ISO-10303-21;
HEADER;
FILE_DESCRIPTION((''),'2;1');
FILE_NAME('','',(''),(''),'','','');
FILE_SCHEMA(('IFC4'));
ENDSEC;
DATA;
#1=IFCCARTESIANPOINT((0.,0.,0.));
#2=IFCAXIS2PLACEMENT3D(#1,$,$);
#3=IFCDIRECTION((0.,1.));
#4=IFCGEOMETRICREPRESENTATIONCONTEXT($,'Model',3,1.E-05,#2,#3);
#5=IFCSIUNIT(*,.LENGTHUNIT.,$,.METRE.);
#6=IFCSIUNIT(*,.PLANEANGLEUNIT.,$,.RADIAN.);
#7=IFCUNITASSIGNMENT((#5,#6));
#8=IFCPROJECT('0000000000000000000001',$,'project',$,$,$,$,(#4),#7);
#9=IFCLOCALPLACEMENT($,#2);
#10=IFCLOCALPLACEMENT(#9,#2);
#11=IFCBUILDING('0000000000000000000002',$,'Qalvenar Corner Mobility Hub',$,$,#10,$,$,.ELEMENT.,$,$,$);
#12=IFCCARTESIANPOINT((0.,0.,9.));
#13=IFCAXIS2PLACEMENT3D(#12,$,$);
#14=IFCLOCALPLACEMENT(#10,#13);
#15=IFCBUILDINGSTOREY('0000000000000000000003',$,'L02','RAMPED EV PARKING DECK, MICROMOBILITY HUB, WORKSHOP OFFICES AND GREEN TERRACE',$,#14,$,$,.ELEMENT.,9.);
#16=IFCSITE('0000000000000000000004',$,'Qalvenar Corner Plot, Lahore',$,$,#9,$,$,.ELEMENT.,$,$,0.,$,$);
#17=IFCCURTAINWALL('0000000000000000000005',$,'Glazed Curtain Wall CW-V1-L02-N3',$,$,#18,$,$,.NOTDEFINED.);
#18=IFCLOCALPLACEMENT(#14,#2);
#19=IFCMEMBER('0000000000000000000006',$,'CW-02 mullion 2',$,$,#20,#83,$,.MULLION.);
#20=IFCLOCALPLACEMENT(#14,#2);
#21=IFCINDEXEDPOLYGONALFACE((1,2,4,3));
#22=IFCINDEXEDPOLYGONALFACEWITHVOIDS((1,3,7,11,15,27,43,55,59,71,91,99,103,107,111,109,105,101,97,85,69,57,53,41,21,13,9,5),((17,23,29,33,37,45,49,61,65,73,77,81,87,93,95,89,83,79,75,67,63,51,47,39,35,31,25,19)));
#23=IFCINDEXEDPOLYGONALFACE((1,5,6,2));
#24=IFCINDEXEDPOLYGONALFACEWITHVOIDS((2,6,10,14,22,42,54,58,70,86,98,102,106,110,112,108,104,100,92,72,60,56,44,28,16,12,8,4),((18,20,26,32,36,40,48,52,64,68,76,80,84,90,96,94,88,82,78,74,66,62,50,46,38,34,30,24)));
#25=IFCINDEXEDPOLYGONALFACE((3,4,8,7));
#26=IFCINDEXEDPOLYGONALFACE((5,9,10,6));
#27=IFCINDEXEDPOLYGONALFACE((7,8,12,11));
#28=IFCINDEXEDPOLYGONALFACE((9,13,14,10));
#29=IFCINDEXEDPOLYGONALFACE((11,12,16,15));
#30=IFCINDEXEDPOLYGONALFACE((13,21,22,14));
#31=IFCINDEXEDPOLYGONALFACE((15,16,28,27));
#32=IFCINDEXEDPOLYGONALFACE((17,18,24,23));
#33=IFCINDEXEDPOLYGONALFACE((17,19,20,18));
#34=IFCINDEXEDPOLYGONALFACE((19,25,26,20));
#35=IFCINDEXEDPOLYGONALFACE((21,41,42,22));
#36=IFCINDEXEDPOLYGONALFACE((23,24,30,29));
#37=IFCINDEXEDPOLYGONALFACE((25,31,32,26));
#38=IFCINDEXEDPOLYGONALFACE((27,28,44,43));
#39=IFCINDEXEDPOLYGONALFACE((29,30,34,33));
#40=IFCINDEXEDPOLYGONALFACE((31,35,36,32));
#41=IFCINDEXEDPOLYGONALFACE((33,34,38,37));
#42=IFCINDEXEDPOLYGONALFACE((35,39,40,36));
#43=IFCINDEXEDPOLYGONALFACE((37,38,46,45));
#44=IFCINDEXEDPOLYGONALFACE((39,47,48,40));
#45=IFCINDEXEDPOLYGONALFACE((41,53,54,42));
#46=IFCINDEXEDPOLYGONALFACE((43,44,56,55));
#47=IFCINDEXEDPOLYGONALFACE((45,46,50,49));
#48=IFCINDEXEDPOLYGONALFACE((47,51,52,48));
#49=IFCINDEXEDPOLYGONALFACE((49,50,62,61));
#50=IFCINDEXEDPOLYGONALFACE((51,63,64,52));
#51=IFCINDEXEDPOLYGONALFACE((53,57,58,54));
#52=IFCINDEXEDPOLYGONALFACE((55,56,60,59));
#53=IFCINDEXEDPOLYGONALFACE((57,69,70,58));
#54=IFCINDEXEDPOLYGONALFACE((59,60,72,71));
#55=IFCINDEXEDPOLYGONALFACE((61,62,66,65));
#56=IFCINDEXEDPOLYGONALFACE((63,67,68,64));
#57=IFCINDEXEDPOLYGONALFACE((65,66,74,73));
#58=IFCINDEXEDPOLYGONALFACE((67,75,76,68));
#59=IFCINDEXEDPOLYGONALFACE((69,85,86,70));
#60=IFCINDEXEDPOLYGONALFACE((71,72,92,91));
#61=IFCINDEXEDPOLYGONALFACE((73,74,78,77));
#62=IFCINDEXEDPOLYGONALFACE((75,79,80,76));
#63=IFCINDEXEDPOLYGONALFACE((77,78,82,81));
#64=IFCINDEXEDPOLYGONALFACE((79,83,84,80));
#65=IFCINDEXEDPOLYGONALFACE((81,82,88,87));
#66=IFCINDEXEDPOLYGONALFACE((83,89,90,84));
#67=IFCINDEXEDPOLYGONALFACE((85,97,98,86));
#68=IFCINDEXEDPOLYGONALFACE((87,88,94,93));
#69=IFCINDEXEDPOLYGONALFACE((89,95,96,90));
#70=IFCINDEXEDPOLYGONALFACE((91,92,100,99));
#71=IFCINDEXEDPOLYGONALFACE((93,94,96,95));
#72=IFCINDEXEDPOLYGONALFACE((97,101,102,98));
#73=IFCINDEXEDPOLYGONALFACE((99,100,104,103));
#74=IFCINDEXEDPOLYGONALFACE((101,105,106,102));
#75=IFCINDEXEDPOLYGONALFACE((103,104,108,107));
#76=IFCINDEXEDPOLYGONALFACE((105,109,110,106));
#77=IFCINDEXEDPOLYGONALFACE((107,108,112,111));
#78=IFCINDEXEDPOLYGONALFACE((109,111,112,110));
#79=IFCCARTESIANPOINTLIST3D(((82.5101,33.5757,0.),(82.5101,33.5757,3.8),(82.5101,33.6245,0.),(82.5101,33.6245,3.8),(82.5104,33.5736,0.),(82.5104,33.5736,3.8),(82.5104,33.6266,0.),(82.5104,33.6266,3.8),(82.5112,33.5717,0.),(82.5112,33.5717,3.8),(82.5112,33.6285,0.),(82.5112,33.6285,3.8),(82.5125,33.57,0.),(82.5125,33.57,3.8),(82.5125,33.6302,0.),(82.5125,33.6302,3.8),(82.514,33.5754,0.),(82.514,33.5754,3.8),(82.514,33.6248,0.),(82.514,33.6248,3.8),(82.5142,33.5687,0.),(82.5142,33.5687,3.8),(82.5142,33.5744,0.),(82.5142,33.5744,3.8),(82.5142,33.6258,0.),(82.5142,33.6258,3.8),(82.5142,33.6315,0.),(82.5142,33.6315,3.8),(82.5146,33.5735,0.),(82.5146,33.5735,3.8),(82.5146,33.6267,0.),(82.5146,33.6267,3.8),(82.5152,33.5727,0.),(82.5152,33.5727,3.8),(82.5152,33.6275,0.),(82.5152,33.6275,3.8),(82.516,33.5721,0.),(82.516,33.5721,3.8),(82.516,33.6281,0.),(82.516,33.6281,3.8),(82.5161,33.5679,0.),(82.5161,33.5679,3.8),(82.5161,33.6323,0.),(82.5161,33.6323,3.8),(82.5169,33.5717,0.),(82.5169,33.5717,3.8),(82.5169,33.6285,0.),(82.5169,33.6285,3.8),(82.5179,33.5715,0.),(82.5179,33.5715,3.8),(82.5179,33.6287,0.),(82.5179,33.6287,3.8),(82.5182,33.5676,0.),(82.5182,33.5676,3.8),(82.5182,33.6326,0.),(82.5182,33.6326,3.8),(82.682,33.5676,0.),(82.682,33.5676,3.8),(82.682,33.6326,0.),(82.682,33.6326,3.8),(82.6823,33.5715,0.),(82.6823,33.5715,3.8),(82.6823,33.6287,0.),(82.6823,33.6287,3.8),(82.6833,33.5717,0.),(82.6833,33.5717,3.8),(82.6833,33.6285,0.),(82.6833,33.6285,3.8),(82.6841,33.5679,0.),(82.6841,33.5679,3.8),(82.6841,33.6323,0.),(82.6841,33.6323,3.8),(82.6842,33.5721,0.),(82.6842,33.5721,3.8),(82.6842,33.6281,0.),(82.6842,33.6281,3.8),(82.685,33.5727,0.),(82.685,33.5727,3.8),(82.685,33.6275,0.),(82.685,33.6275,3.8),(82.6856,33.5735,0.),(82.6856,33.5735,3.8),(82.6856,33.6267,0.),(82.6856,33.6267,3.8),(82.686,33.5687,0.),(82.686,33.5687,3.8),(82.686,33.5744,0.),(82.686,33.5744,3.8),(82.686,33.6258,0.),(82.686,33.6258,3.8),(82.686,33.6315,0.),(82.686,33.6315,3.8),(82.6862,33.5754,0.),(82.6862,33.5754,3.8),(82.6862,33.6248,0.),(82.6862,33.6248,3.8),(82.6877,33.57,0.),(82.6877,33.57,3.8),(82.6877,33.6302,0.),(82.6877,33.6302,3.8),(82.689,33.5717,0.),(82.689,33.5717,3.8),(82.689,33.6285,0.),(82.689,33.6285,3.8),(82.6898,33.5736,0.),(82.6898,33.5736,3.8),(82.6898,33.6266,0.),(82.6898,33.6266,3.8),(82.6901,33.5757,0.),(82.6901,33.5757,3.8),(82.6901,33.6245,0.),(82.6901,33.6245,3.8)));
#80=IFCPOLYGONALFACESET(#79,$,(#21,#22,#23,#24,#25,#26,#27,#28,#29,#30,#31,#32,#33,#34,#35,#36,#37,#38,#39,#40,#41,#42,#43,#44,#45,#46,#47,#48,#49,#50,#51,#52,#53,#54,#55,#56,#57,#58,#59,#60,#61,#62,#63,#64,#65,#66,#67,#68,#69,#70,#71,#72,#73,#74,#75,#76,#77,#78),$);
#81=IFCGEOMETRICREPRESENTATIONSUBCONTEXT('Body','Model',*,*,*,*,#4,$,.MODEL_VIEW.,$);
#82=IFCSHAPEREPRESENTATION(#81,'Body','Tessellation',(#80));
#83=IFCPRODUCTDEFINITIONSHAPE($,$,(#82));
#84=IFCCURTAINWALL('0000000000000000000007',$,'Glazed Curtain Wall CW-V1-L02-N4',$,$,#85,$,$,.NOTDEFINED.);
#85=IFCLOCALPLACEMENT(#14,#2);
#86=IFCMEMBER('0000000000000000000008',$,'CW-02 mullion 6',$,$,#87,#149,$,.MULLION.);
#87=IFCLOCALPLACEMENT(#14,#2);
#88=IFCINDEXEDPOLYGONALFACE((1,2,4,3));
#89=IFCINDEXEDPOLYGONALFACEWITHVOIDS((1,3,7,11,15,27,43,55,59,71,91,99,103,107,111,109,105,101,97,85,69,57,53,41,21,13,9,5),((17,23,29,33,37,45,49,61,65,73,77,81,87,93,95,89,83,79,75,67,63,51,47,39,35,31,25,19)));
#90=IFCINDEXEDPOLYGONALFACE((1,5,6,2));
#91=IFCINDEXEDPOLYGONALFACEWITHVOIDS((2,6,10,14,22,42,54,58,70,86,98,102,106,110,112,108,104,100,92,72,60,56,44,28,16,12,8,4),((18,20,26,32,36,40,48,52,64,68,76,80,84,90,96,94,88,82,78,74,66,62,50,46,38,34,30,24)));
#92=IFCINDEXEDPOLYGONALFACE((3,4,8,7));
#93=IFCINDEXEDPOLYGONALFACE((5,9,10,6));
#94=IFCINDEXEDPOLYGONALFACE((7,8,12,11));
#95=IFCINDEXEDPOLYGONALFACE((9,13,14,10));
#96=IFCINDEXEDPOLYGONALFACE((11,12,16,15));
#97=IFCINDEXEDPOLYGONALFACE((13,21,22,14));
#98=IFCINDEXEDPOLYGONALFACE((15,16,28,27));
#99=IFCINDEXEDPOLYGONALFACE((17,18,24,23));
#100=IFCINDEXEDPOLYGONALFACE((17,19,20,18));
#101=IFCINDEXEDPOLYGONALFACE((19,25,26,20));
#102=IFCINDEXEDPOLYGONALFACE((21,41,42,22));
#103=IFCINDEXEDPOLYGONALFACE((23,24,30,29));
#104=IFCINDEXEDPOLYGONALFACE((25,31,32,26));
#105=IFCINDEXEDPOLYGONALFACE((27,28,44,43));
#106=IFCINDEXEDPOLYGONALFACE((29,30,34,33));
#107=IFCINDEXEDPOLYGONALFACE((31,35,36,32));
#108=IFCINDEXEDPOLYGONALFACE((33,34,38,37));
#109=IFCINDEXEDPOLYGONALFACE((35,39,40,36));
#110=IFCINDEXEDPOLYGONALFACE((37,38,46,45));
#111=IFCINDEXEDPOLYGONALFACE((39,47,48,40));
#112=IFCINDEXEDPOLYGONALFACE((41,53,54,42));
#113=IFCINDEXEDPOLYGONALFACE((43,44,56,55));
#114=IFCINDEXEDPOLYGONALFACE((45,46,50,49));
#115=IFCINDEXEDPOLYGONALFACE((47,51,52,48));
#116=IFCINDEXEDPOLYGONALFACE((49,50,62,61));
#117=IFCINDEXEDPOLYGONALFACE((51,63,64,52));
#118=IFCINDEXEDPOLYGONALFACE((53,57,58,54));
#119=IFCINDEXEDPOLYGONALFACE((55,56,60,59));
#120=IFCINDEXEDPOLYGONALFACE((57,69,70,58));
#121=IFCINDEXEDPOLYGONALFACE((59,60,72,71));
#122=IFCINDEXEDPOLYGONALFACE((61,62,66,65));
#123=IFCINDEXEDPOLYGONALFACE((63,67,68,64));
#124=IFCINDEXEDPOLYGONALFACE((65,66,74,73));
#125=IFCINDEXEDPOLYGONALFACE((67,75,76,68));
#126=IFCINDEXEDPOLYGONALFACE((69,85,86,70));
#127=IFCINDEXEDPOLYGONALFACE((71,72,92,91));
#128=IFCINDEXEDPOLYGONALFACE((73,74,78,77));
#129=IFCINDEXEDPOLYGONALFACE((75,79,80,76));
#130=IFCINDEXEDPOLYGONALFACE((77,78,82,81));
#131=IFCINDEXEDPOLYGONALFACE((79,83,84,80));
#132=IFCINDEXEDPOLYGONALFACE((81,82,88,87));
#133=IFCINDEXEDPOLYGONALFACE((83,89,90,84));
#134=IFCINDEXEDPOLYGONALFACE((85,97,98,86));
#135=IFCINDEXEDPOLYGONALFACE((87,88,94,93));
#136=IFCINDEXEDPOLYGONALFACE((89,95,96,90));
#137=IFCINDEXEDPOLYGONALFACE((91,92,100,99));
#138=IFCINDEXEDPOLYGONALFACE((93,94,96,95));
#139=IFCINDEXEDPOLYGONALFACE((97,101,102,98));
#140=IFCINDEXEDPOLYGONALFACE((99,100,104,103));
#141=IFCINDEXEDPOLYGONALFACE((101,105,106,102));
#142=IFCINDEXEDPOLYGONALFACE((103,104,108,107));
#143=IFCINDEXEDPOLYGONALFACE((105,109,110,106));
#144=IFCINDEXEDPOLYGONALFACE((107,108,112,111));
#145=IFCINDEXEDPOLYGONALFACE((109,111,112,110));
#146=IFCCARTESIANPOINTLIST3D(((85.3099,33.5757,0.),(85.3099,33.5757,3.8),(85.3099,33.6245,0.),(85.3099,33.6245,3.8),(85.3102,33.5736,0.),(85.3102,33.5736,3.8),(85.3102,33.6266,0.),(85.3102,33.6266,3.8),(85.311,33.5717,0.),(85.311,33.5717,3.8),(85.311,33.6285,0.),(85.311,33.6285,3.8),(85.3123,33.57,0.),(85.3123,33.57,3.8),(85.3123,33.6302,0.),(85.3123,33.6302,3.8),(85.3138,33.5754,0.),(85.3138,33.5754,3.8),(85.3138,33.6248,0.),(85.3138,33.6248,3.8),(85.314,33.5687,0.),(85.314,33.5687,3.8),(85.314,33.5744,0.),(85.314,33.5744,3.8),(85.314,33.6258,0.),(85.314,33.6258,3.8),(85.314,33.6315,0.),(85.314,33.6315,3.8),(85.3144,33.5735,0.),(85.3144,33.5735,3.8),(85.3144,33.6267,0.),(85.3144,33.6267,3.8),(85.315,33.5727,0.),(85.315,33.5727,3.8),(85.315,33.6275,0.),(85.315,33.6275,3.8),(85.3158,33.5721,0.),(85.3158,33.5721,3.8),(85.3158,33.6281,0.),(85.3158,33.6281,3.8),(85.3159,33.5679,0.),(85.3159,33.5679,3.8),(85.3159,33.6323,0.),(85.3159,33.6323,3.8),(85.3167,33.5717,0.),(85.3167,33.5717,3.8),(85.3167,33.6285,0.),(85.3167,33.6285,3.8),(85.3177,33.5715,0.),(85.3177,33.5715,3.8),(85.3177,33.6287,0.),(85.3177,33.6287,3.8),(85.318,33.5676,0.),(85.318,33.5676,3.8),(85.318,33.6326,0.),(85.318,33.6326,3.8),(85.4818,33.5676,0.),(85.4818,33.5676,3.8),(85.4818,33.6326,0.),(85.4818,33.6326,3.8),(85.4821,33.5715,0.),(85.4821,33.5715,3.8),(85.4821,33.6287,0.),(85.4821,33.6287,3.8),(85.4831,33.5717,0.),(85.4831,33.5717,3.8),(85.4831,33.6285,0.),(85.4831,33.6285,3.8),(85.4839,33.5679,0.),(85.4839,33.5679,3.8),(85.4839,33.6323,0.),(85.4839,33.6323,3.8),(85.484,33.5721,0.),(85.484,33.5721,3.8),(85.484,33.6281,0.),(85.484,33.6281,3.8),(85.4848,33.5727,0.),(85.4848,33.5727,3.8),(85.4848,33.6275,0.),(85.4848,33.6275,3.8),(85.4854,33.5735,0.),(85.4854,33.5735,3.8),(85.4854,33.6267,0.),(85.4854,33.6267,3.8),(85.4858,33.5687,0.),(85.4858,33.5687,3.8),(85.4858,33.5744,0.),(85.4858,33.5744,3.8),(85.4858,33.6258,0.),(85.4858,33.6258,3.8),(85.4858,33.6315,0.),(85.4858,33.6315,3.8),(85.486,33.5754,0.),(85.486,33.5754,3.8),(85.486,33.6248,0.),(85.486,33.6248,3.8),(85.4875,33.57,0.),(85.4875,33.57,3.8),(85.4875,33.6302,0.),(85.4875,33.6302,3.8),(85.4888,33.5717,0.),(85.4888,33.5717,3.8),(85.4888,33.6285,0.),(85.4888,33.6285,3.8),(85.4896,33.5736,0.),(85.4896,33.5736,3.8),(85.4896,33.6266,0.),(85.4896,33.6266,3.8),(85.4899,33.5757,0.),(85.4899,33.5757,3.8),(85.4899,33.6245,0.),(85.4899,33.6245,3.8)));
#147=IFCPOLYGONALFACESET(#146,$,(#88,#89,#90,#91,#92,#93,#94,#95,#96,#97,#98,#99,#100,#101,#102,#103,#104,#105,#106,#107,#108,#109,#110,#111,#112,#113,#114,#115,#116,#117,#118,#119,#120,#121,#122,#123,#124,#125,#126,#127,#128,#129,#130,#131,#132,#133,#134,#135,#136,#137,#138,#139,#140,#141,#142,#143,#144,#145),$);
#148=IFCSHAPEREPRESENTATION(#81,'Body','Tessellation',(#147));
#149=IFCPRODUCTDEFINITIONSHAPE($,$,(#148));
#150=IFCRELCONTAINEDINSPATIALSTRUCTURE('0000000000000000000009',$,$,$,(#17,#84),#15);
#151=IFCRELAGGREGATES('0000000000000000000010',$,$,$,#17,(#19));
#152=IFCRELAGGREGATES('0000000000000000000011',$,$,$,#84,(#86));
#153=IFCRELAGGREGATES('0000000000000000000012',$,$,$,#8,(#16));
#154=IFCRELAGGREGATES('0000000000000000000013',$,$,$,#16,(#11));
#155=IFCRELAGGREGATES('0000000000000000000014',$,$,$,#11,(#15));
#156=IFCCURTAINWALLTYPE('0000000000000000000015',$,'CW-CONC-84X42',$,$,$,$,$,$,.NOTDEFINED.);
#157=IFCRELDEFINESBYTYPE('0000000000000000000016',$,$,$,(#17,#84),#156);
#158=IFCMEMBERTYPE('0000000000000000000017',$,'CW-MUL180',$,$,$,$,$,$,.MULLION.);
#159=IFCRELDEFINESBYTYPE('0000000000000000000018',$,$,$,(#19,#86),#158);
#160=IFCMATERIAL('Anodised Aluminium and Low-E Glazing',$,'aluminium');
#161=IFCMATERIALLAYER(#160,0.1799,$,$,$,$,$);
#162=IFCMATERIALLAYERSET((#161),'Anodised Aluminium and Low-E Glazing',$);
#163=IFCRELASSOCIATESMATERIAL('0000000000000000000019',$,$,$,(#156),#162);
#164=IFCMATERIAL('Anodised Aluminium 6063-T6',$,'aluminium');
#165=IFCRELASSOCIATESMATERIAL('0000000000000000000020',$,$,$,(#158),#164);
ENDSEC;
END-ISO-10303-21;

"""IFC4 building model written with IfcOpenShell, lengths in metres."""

from ifc_helpers import new_model, si_unit, direction, frame, origin, origin_2d, place, context, subcontext, project, spatial, hollow_rectangle, extrude, material, layer, layer_set, material_profile, profile_set, type_object, element, aggregate, save


model = new_model("IFC4")

# Units and contexts
model_context = context("Model", 3, precision=1e-05, world=origin(), true_north=direction((0.0, 1.0)))
body_context = subcontext(model_context, "Body", "Model", "MODEL_VIEW")
ifc_project = project(units=[si_unit("LENGTHUNIT", "METRE"), si_unit("PLANEANGLEUNIT", "RADIAN")], contexts=[model_context])

# Site, building, storey
site_placement = place(None, origin())
site = spatial("IfcSite", under=ifc_project, at=site_placement, Name="Qalvenar Corner Plot, Lahore", CompositionType="ELEMENT", RefElevation=0.0)
building_placement = place(site_placement, origin())
building = spatial("IfcBuilding", under=site, at=building_placement, Name="Qalvenar Corner Mobility Hub", CompositionType="ELEMENT")
storey_placement = place(building_placement, frame((0.0, 0.0, 9.0)))
storey = spatial("IfcBuildingStorey", under=building, at=storey_placement, Name="L02", Description="RAMPED EV PARKING DECK, MICROMOBILITY HUB, WORKSHOP OFFICES AND GREEN TERRACE", CompositionType="ELEMENT", Elevation=9.0)

# Curtain walls, members
ifc_material_1 = material(Name="Anodised Aluminium and Low-E Glazing", Category="aluminium")
ifc_layer_1 = layer(ifc_material_1, 0.1799)
ifc_layer_set_1 = layer_set([ifc_layer_1], Name="Anodised Aluminium and Low-E Glazing")
curtain_wall_type = type_object("IfcCurtainWallType", Name="CW-CONC-84X42", PredefinedType="NOTDEFINED", material=ifc_layer_set_1)
curtain_wall_1_placement = place(storey_placement, origin())
curtain_wall_1 = element("IfcCurtainWall", 1, at=curtain_wall_1_placement, inside=storey, type_object=curtain_wall_type, Name="Glazed Curtain Wall CW-V1-L02-N3", PredefinedType="NOTDEFINED")
ifc_material_2 = material(Name="Anodised Aluminium 6063-T6", Category="aluminium")
ifc_material_profile_1 = material_profile(ifc_material_2, hollow_rectangle(XDim=0.0649, YDim=0.1799, WallThickness=0.0039, InnerFilletRadius=0.0039, OuterFilletRadius=0.0081, at=origin_2d()), Name="RHS180x65x4")
ifc_profile_set_1 = profile_set([ifc_material_profile_1], Name="Anodised Aluminium 6063-T6")
member_type_1 = type_object("IfcMemberType", Name="CW-MUL180", PredefinedType="MULLION", material=ifc_profile_set_1)
member_1_placement = place(storey_placement, frame((82.6001, 33.6001, 0.0), z_axis=(0.0, 0.0, 1.0), x_axis=(0.0, -1.0, 0.0)))
member_1 = element("IfcMember", 2, at=member_1_placement, type_object=member_type_1, Name="CW-02 mullion 2", PredefinedType="MULLION", context=body_context, shape_type="SweptSolid", body=[
    extrude(hollow_rectangle(XDim=0.0649, YDim=0.1799, WallThickness=0.0039, InnerFilletRadius=0.0039, OuterFilletRadius=0.0081, at=origin_2d()), origin(), (0.0, 0.0, 1.0), 3.8),
])
curtain_wall_2_placement = place(storey_placement, origin())
curtain_wall_2 = element("IfcCurtainWall", 3, at=curtain_wall_2_placement, inside=storey, type_object=curtain_wall_type, Name="Glazed Curtain Wall CW-V1-L02-N4", PredefinedType="NOTDEFINED")
member_2_placement = place(storey_placement, frame((85.3999, 33.6001, 0.0), z_axis=(0.0, 0.0, 1.0), x_axis=(0.0, -1.0, 0.0)))
member_2 = element("IfcMember", 4, at=member_2_placement, type_object=member_type_1, Name="CW-02 mullion 6", PredefinedType="MULLION", context=body_context, shape_type="SweptSolid", body=[
    extrude(hollow_rectangle(XDim=0.0649, YDim=0.1799, WallThickness=0.0039, InnerFilletRadius=0.0039, OuterFilletRadius=0.0081, at=origin_2d()), origin(), (0.0, 0.0, 1.0), 3.8),
])

aggregate(curtain_wall_1, [member_1])
aggregate(curtain_wall_2, [member_2])

save(model, "model.ifc")
